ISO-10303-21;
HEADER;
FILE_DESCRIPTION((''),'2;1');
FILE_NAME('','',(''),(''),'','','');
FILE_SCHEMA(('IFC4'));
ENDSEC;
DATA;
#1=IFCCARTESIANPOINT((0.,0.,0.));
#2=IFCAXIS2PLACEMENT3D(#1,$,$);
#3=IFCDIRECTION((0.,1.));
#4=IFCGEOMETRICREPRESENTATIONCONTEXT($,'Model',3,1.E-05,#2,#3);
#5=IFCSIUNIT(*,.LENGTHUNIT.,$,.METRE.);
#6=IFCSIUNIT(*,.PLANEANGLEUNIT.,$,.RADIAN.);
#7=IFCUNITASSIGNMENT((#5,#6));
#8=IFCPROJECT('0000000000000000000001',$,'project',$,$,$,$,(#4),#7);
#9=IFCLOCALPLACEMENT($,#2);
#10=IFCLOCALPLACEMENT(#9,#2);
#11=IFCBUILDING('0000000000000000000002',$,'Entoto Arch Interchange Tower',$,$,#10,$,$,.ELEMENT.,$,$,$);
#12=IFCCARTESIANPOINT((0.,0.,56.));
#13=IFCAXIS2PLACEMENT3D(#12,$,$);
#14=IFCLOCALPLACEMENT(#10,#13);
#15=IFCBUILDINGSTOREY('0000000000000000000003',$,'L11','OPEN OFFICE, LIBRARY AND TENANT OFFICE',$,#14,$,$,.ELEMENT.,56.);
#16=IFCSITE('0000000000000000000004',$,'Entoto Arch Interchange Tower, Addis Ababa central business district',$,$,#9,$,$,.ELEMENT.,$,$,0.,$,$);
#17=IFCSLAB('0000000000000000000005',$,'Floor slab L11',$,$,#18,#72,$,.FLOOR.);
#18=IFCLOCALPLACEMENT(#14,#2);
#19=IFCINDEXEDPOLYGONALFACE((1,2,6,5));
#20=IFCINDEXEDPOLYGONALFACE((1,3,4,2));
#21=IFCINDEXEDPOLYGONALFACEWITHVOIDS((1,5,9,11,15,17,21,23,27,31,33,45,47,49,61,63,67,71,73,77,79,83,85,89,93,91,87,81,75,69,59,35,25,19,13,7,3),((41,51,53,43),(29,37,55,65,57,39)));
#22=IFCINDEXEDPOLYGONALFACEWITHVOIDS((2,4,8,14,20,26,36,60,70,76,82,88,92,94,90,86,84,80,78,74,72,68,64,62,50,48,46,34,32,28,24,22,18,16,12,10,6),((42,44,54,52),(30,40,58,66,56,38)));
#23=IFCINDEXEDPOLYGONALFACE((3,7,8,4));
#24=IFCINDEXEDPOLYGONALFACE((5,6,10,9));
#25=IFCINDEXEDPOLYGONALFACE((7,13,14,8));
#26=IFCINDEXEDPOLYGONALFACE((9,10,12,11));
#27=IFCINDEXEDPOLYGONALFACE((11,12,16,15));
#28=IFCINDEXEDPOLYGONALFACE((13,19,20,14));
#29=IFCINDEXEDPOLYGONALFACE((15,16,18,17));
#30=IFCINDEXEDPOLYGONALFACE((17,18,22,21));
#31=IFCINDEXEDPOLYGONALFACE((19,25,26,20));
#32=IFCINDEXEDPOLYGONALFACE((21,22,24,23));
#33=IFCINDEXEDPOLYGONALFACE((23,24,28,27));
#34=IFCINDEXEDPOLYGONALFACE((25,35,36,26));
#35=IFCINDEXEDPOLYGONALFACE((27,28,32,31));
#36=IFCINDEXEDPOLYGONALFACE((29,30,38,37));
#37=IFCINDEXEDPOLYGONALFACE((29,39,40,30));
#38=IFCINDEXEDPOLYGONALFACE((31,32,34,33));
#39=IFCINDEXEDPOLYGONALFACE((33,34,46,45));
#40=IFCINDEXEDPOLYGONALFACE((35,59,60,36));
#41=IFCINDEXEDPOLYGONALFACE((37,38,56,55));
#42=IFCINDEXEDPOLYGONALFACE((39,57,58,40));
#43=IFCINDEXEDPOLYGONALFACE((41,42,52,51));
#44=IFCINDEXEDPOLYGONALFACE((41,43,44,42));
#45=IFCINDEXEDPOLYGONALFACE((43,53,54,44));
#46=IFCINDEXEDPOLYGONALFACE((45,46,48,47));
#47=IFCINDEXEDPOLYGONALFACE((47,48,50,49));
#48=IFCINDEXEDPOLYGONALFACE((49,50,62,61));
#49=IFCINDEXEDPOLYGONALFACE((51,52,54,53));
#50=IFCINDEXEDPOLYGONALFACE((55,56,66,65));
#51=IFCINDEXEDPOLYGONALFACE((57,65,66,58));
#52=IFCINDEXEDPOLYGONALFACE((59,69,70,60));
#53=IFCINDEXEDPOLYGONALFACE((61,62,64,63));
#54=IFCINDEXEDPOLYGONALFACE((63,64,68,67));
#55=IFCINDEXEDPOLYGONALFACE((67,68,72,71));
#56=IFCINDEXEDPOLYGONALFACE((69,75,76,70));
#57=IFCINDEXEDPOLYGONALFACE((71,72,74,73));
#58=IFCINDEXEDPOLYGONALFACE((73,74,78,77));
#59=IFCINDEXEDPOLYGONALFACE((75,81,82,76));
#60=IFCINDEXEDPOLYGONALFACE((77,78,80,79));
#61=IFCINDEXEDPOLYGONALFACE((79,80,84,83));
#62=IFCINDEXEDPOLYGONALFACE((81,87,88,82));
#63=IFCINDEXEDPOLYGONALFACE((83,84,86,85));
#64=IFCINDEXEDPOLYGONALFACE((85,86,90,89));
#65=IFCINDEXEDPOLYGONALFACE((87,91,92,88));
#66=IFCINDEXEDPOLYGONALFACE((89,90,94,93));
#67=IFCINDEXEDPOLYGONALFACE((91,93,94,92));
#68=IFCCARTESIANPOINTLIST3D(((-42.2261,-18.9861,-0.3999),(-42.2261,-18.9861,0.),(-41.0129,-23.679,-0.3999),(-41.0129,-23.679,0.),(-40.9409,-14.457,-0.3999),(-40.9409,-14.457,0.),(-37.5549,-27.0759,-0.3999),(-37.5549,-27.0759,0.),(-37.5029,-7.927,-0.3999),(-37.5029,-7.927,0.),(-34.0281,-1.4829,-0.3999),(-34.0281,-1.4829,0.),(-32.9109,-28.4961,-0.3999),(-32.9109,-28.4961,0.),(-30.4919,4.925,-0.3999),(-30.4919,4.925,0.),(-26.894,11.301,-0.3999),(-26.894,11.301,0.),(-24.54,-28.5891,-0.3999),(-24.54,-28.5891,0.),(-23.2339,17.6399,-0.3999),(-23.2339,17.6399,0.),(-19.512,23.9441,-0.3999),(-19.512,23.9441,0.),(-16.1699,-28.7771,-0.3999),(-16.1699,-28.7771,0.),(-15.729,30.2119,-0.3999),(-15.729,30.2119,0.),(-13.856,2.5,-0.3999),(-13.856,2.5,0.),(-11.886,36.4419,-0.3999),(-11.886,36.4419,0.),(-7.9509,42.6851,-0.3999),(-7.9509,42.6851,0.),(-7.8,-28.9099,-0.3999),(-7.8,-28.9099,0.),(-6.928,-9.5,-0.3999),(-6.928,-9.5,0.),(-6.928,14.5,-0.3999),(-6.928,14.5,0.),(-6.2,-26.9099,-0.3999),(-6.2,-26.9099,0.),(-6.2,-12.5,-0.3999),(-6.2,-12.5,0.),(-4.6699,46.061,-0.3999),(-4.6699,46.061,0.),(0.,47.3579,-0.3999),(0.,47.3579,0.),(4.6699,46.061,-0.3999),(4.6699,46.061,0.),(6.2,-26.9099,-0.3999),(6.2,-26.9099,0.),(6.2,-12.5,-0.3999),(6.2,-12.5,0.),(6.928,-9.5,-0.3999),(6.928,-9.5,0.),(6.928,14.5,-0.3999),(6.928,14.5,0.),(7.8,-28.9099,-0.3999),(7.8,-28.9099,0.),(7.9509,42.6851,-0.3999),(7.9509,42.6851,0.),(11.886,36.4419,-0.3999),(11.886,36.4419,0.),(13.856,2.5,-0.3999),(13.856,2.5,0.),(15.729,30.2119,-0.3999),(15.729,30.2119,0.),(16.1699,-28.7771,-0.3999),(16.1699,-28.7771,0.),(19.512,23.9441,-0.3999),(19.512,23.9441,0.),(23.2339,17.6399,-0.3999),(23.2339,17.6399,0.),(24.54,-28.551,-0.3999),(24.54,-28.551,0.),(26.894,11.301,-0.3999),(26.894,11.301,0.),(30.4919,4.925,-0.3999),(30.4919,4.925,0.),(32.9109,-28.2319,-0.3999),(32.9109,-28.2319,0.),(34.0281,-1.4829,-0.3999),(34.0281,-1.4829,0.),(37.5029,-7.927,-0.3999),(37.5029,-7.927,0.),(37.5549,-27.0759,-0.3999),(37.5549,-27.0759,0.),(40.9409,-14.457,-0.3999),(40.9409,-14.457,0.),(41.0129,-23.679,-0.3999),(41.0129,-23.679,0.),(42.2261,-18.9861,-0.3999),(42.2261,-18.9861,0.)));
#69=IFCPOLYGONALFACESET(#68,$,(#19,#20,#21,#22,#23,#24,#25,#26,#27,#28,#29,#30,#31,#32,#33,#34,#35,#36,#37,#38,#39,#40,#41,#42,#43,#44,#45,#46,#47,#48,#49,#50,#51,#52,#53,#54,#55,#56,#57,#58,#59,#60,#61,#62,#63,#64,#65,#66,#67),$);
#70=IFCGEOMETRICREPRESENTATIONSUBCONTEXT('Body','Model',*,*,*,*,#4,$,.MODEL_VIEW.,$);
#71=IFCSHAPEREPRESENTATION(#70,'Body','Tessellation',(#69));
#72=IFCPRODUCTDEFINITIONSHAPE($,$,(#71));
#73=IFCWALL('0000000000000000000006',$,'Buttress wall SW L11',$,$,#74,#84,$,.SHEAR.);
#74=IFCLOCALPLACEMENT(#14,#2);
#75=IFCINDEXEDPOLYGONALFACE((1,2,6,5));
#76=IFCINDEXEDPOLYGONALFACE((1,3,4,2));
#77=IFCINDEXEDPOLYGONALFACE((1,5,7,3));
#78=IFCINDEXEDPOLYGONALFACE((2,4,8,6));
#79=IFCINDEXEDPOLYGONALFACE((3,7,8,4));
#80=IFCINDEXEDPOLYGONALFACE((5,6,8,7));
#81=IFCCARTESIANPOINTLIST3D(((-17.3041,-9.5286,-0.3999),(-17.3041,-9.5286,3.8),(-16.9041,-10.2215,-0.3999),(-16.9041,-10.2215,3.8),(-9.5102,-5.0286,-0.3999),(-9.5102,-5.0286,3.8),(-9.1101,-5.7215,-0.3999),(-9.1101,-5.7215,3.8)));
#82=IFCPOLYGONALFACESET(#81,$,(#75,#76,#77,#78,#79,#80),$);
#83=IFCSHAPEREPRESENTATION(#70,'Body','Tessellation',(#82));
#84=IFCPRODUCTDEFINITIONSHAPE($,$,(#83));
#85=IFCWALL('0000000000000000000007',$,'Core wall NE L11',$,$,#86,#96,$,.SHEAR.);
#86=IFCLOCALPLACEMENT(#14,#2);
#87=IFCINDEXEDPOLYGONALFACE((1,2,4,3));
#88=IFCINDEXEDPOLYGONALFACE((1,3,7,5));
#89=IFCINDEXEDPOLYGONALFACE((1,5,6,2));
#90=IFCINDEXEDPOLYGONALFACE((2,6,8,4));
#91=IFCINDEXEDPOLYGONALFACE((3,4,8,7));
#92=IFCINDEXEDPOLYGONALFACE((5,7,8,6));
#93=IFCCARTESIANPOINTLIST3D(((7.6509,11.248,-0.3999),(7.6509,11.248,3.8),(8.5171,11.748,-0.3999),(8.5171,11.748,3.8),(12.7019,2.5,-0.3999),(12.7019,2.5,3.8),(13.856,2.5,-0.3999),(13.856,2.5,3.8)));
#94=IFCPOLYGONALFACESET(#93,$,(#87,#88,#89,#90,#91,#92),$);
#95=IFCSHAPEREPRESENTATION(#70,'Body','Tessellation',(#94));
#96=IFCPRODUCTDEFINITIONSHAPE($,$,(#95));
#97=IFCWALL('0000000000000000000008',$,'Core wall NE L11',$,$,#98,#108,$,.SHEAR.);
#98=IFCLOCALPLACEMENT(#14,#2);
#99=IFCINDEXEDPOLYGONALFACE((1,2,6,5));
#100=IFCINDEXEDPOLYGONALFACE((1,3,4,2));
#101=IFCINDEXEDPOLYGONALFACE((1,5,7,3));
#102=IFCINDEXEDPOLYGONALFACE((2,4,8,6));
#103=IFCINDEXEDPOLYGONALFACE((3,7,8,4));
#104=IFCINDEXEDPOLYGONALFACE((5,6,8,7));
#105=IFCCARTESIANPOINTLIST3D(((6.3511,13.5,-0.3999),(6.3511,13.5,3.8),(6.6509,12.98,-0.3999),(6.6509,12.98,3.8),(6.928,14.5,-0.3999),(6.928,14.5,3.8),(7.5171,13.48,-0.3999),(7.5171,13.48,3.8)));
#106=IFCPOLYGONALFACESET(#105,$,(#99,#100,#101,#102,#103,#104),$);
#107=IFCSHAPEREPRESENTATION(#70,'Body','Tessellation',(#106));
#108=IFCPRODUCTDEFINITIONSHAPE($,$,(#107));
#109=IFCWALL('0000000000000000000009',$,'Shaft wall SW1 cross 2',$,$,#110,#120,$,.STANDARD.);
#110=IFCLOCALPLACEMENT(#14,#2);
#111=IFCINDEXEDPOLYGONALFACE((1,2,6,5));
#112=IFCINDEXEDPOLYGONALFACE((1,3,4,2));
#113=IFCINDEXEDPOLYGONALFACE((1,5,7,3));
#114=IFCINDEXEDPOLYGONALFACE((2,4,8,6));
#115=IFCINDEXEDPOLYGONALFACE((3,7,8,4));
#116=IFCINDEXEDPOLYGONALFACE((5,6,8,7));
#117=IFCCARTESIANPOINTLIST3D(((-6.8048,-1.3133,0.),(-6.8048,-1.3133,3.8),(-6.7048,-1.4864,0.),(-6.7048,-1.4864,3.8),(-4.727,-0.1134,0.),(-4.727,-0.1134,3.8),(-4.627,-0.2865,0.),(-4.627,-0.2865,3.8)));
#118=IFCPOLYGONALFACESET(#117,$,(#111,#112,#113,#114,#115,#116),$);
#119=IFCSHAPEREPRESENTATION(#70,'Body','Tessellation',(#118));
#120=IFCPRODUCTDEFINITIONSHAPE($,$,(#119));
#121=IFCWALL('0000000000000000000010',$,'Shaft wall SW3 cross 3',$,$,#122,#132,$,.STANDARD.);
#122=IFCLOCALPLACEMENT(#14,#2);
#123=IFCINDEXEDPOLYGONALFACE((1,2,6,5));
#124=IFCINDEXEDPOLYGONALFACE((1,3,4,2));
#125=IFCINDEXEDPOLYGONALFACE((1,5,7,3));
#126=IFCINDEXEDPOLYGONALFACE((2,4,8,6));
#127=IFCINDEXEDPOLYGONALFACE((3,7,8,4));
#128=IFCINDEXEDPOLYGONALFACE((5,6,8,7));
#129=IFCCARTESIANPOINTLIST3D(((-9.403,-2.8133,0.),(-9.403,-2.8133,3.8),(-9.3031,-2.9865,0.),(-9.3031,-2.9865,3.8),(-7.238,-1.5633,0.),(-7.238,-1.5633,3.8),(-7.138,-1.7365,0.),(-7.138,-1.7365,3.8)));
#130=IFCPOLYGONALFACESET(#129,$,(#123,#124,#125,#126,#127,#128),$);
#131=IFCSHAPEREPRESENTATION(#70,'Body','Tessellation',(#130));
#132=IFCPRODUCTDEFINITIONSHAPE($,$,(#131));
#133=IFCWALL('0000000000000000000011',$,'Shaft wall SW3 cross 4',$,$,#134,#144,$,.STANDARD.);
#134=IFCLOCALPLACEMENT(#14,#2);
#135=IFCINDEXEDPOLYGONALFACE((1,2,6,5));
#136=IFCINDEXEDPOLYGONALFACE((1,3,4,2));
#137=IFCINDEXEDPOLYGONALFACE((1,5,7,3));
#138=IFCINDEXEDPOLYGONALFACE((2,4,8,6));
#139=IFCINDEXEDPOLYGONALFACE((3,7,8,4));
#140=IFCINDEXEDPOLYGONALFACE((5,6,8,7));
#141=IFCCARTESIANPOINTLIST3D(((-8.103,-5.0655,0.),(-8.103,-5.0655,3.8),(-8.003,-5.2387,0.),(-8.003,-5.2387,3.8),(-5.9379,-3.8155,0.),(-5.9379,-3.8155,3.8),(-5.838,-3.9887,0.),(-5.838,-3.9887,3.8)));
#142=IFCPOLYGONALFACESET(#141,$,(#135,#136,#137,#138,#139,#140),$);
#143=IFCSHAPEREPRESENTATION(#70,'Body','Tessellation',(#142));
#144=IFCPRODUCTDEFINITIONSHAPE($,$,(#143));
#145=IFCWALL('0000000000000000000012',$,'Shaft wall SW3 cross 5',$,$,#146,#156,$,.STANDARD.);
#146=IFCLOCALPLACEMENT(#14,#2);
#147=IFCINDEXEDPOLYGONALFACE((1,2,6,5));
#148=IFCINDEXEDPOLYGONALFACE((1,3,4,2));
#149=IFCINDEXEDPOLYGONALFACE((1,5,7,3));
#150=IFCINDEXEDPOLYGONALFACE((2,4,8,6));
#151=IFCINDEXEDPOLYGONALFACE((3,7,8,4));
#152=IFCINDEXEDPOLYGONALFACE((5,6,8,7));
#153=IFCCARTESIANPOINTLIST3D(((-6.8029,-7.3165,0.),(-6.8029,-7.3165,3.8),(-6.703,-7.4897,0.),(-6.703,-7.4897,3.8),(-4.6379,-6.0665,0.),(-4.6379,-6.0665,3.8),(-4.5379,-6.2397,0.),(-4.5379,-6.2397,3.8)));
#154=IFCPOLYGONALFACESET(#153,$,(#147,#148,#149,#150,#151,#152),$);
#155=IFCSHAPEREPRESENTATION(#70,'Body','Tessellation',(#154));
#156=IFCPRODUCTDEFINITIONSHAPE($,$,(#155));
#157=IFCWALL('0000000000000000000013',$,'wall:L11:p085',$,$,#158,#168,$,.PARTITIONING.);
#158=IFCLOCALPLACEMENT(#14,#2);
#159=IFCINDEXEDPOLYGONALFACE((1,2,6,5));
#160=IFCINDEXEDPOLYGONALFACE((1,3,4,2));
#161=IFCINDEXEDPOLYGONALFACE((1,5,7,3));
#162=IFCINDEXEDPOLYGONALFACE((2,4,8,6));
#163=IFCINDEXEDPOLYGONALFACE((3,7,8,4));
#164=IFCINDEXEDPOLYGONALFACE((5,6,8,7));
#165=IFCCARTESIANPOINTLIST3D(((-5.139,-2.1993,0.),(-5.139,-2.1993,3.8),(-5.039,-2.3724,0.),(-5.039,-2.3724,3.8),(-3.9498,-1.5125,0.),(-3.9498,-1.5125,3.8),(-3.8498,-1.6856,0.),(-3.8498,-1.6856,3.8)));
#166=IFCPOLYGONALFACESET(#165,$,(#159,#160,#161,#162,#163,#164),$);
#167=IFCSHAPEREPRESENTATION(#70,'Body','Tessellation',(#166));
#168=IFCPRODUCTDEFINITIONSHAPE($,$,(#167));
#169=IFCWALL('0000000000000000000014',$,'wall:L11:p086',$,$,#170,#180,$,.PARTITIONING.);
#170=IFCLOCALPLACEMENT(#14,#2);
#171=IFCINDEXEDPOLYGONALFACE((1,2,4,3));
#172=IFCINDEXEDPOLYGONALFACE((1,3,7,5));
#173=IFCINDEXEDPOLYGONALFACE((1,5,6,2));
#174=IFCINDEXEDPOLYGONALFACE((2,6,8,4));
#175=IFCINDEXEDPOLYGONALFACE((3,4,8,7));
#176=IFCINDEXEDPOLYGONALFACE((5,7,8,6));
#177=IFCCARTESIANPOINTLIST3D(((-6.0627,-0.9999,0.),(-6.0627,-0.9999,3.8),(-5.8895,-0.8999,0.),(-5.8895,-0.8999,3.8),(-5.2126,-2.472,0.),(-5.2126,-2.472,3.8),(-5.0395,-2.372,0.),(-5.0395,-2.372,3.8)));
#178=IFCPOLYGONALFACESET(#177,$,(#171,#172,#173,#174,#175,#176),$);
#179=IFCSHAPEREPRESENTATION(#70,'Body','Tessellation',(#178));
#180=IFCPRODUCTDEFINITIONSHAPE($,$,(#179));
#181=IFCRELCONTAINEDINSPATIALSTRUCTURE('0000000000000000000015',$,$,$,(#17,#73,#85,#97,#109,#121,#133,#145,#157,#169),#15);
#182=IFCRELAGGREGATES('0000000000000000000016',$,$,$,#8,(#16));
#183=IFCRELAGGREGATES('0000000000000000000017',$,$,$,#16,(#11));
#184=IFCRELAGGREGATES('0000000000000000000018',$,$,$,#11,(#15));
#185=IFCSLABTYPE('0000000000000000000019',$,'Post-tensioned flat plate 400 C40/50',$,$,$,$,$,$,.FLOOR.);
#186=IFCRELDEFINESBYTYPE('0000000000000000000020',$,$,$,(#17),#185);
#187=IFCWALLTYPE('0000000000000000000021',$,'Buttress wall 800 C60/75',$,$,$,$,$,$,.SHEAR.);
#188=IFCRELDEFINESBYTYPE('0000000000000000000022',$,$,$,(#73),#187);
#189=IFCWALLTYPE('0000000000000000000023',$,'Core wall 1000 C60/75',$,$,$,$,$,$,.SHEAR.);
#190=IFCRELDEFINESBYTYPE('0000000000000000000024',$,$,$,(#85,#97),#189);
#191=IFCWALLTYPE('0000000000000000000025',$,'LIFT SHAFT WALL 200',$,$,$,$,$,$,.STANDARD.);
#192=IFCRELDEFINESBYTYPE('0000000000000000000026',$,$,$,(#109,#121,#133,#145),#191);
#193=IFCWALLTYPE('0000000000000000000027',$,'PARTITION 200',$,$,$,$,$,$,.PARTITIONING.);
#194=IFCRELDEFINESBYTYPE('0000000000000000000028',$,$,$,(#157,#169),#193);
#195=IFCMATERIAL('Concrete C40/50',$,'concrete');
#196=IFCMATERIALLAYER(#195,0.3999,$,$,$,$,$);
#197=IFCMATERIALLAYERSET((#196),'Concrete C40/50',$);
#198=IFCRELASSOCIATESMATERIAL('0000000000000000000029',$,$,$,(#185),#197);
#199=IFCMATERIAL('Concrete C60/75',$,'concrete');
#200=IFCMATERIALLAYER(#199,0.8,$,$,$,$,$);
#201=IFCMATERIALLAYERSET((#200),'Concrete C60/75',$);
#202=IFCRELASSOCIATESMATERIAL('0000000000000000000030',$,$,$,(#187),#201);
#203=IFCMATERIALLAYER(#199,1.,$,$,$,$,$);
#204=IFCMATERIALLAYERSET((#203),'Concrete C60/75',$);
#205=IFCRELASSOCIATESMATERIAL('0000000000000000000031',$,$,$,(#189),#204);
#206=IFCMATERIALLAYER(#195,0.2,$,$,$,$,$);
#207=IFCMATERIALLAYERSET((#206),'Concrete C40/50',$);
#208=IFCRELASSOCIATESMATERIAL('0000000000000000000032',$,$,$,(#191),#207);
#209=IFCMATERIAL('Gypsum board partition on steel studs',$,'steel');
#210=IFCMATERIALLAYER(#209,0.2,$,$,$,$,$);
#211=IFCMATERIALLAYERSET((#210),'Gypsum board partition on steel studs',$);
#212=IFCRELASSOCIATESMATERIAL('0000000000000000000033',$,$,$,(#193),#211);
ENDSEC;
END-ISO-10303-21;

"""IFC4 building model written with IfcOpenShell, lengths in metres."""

from ifc_helpers import new_model, si_unit, direction, frame, frame_2d, origin, place, context, subcontext, project, spatial, polyline, rectangle, outline, extrude, material, layer, layer_set, type_object, element, save


model = new_model("IFC4")

# Units and contexts
model_context = context("Model", 3, precision=1e-05, world=origin(), true_north=direction((0.0, 1.0)))
body_context = subcontext(model_context, "Body", "Model", "MODEL_VIEW")
ifc_project = project(units=[si_unit("LENGTHUNIT", "METRE"), si_unit("PLANEANGLEUNIT", "RADIAN")], contexts=[model_context])

# Site, building, storey
site_placement = place(None, origin())
site = spatial("IfcSite", under=ifc_project, at=site_placement, Name="Entoto Arch Interchange Tower, Addis Ababa central business district", CompositionType="ELEMENT", RefElevation=0.0)
building_placement = place(site_placement, origin())
building = spatial("IfcBuilding", under=site, at=building_placement, Name="Entoto Arch Interchange Tower", CompositionType="ELEMENT")
storey_placement = place(building_placement, frame((0.0, 0.0, 56.0)))
storey = spatial("IfcBuildingStorey", under=building, at=storey_placement, Name="L11", Description="OPEN OFFICE, LIBRARY AND TENANT OFFICE", CompositionType="ELEMENT", Elevation=56.0)

# Slab
ifc_material_1 = material(Name="Concrete C40/50", Category="concrete")
ifc_layer_1 = layer(ifc_material_1, 0.3999)
ifc_layer_set_1 = layer_set([ifc_layer_1], Name="Concrete C40/50")
slab_type = type_object("IfcSlabType", Name="Post-tensioned flat plate 400 C40/50", PredefinedType="FLOOR", material=ifc_layer_set_1)
slab_placement = place(storey_placement, frame((0.0, 0.0, -0.3999)))
element("IfcSlab", 1, at=slab_placement, inside=storey, type_object=slab_type, Name="Floor slab L11", PredefinedType="FLOOR", context=body_context, shape_type="SweptSolid", body=[
    extrude(outline(polyline([(-32.9109, -28.4961), (-24.54, -28.5891), (-16.1699, -28.7771), (-7.8, -28.9099), (7.8, -28.9099), (16.1699, -28.7771), (24.54, -28.551), (32.9109, -28.2319), (37.5549, -27.0759), (41.0129, -23.679), (42.2261, -18.9861), (40.9409, -14.457), (37.5029, -7.927), (34.0281, -1.4829), (30.4919, 4.925), (26.894, 11.301), (23.2339, 17.6399), (19.512, 23.9441), (15.729, 30.2119), (11.886, 36.4419), (7.9509, 42.6851), (4.6699, 46.061), (0.0, 47.3579), (-4.6699, 46.061), (-7.9509, 42.6851), (-11.886, 36.4419), (-15.729, 30.2119), (-19.512, 23.9441), (-23.2339, 17.6399), (-26.894, 11.301), (-30.4919, 4.925), (-34.0281, -1.4829), (-37.5029, -7.927), (-40.9409, -14.457), (-42.2261, -18.9861), (-41.0129, -23.679), (-37.5549, -27.0759), (-32.9109, -28.4961)]), holes=[polyline([(6.2, -26.9099), (6.2, -12.5), (-6.2, -12.5), (-6.2, -26.9099), (6.2, -26.9099)]), polyline([(13.856, 2.5), (6.928, 14.5), (-6.928, 14.5), (-13.856, 2.5), (-6.928, -9.5), (6.928, -9.5), (13.856, 2.5)])]), origin(), (0.0, 0.0, 1.0), 0.3999),
])

# Walls
ifc_material_2 = material(Name="Concrete C60/75", Category="concrete")
ifc_layer_2 = layer(ifc_material_2, 0.8)
ifc_layer_set_2 = layer_set([ifc_layer_2], Name="Concrete C60/75")
wall_type_1 = type_object("IfcWallType", Name="Buttress wall 800 C60/75", PredefinedType="SHEAR", material=ifc_layer_set_2)
wall_1_placement = place(storey_placement, frame((-9.3101, -5.375, -0.3999), z_axis=(0.0, 0.0, 1.0), x_axis=(-0.866018, -0.500014, 0.0)))
element("IfcWall", 2, at=wall_1_placement, inside=storey, type_object=wall_type_1, Name="Buttress wall SW L11", PredefinedType="SHEAR", context=body_context, shape_type="SweptSolid", body=[
    extrude(rectangle(XDim=8.9998, YDim=0.8, at=frame_2d((4.5, 0.0))), origin(), (0.0, 0.0, 1.0), 4.2),
])
ifc_layer_3 = layer(ifc_material_2, 1.0)
ifc_layer_set_3 = layer_set([ifc_layer_3], Name="Concrete C60/75")
wall_type_2 = type_object("IfcWallType", Name="Core wall 1000 C60/75", PredefinedType="SHEAR", material=ifc_layer_set_3)
wall_2_placement = place(storey_placement, frame((0.0, 0.0, -0.3999)))
element("IfcWall", 3, at=wall_2_placement, inside=storey, type_object=wall_type_2, Name="Core wall NE L11", PredefinedType="SHEAR", context=body_context, shape_type="SweptSolid", body=[
    extrude(outline(polyline([(8.5171, 11.748), (7.6509, 11.248), (12.7019, 2.5), (13.856, 2.5), (8.5171, 11.748)])), origin(), (0.0, 0.0, 1.0), 4.2),
])
wall_3_placement = place(storey_placement, frame((0.0, 0.0, -0.3999)))
element("IfcWall", 4, at=wall_3_placement, inside=storey, type_object=wall_type_2, Name="Core wall NE L11", PredefinedType="SHEAR", context=body_context, shape_type="SweptSolid", body=[
    extrude(outline(polyline([(6.6509, 12.98), (7.5171, 13.48), (6.928, 14.5), (6.3511, 13.5), (6.6509, 12.98)])), origin(), (0.0, 0.0, 1.0), 4.2),
])
ifc_layer_4 = layer(ifc_material_1, 0.2)
ifc_layer_set_4 = layer_set([ifc_layer_4], Name="Concrete C40/50")
wall_type_3 = type_object("IfcWallType", Name="LIFT SHAFT WALL 200", PredefinedType="STANDARD", material=ifc_layer_set_4)
wall_4_placement = place(storey_placement, frame((-4.677, -0.2, 0.0), z_axis=(0.0, 0.0, 1.0), x_axis=(-0.865974, -0.500089, 0.0)))
element("IfcWall", 5, at=wall_4_placement, inside=storey, type_object=wall_type_3, Name="Shaft wall SW1 cross 2", PredefinedType="STANDARD", context=body_context, shape_type="SweptSolid", body=[
    extrude(rectangle(XDim=2.3994, YDim=0.2, at=frame_2d((1.1997, 0.0))), origin(), (0.0, 0.0, 1.0), 3.8),
])
for number, where, z_axis, x_axis, name in (
    (6, (-7.188, -1.6499, 0.0), (0.0, 0.0, 1.0), (-0.866023, -0.500004, 0.0), "Shaft wall SW3 cross 3"),
    (7, (-5.8879, -3.9021, 0.0), (0.0, 0.0, 1.0), (-0.866023, -0.500004, 0.0), "Shaft wall SW3 cross 4"),
    (8, (-4.5879, -6.1531, 0.0), (0.0, 0.0, 1.0), (-0.866023, -0.500004, 0.0), "Shaft wall SW3 cross 5"),
):
    element("IfcWall", number, at=place(storey_placement, frame(where, z_axis=z_axis, x_axis=x_axis)), inside=storey, type_object=wall_type_3, Name=name, PredefinedType="STANDARD", context=body_context, shape_type="SweptSolid", body=[
        extrude(rectangle(XDim=2.5, YDim=0.2, at=frame_2d((1.25, 0.0))), origin(), (0.0, 0.0, 1.0), 3.8),
    ])
ifc_material_3 = material(Name="Gypsum board partition on steel studs", Category="steel")
ifc_layer_5 = layer(ifc_material_3, 0.2)
ifc_layer_set_5 = layer_set([ifc_layer_5], Name="Gypsum board partition on steel studs")
wall_type_4 = type_object("IfcWallType", Name="PARTITION 200", PredefinedType="PARTITIONING", material=ifc_layer_set_5)
wall_5_placement = place(storey_placement, frame((-3.8999, -1.5991, 0.0), z_axis=(0.0, 0.0, 1.0), x_axis=(-0.865969, -0.500097, 0.0)))
element("IfcWall", 9, at=wall_5_placement, inside=storey, type_object=wall_type_4, Name="wall:L11:p085", PredefinedType="PARTITIONING", context=body_context, shape_type="SweptSolid", body=[
    extrude(rectangle(XDim=1.3733, YDim=0.2, at=frame_2d((0.6865, 0.0))), origin(), (0.0, 0.0, 1.0), 3.8),
])
wall_6_placement = place(storey_placement, frame((-5.126, -2.4221, 0.0), z_axis=(0.0, 0.0, 1.0), x_axis=(-0.500062, 0.865989, 0.0)))
element("IfcWall", 10, at=wall_6_placement, inside=storey, type_object=wall_type_4, Name="wall:L11:p086", PredefinedType="PARTITIONING", context=body_context, shape_type="SweptSolid", body=[
    extrude(rectangle(XDim=1.7, YDim=0.2, at=frame_2d((0.8501, 0.0))), origin(), (0.0, 0.0, 1.0), 3.8),
])

save(model, "model.ifc")
